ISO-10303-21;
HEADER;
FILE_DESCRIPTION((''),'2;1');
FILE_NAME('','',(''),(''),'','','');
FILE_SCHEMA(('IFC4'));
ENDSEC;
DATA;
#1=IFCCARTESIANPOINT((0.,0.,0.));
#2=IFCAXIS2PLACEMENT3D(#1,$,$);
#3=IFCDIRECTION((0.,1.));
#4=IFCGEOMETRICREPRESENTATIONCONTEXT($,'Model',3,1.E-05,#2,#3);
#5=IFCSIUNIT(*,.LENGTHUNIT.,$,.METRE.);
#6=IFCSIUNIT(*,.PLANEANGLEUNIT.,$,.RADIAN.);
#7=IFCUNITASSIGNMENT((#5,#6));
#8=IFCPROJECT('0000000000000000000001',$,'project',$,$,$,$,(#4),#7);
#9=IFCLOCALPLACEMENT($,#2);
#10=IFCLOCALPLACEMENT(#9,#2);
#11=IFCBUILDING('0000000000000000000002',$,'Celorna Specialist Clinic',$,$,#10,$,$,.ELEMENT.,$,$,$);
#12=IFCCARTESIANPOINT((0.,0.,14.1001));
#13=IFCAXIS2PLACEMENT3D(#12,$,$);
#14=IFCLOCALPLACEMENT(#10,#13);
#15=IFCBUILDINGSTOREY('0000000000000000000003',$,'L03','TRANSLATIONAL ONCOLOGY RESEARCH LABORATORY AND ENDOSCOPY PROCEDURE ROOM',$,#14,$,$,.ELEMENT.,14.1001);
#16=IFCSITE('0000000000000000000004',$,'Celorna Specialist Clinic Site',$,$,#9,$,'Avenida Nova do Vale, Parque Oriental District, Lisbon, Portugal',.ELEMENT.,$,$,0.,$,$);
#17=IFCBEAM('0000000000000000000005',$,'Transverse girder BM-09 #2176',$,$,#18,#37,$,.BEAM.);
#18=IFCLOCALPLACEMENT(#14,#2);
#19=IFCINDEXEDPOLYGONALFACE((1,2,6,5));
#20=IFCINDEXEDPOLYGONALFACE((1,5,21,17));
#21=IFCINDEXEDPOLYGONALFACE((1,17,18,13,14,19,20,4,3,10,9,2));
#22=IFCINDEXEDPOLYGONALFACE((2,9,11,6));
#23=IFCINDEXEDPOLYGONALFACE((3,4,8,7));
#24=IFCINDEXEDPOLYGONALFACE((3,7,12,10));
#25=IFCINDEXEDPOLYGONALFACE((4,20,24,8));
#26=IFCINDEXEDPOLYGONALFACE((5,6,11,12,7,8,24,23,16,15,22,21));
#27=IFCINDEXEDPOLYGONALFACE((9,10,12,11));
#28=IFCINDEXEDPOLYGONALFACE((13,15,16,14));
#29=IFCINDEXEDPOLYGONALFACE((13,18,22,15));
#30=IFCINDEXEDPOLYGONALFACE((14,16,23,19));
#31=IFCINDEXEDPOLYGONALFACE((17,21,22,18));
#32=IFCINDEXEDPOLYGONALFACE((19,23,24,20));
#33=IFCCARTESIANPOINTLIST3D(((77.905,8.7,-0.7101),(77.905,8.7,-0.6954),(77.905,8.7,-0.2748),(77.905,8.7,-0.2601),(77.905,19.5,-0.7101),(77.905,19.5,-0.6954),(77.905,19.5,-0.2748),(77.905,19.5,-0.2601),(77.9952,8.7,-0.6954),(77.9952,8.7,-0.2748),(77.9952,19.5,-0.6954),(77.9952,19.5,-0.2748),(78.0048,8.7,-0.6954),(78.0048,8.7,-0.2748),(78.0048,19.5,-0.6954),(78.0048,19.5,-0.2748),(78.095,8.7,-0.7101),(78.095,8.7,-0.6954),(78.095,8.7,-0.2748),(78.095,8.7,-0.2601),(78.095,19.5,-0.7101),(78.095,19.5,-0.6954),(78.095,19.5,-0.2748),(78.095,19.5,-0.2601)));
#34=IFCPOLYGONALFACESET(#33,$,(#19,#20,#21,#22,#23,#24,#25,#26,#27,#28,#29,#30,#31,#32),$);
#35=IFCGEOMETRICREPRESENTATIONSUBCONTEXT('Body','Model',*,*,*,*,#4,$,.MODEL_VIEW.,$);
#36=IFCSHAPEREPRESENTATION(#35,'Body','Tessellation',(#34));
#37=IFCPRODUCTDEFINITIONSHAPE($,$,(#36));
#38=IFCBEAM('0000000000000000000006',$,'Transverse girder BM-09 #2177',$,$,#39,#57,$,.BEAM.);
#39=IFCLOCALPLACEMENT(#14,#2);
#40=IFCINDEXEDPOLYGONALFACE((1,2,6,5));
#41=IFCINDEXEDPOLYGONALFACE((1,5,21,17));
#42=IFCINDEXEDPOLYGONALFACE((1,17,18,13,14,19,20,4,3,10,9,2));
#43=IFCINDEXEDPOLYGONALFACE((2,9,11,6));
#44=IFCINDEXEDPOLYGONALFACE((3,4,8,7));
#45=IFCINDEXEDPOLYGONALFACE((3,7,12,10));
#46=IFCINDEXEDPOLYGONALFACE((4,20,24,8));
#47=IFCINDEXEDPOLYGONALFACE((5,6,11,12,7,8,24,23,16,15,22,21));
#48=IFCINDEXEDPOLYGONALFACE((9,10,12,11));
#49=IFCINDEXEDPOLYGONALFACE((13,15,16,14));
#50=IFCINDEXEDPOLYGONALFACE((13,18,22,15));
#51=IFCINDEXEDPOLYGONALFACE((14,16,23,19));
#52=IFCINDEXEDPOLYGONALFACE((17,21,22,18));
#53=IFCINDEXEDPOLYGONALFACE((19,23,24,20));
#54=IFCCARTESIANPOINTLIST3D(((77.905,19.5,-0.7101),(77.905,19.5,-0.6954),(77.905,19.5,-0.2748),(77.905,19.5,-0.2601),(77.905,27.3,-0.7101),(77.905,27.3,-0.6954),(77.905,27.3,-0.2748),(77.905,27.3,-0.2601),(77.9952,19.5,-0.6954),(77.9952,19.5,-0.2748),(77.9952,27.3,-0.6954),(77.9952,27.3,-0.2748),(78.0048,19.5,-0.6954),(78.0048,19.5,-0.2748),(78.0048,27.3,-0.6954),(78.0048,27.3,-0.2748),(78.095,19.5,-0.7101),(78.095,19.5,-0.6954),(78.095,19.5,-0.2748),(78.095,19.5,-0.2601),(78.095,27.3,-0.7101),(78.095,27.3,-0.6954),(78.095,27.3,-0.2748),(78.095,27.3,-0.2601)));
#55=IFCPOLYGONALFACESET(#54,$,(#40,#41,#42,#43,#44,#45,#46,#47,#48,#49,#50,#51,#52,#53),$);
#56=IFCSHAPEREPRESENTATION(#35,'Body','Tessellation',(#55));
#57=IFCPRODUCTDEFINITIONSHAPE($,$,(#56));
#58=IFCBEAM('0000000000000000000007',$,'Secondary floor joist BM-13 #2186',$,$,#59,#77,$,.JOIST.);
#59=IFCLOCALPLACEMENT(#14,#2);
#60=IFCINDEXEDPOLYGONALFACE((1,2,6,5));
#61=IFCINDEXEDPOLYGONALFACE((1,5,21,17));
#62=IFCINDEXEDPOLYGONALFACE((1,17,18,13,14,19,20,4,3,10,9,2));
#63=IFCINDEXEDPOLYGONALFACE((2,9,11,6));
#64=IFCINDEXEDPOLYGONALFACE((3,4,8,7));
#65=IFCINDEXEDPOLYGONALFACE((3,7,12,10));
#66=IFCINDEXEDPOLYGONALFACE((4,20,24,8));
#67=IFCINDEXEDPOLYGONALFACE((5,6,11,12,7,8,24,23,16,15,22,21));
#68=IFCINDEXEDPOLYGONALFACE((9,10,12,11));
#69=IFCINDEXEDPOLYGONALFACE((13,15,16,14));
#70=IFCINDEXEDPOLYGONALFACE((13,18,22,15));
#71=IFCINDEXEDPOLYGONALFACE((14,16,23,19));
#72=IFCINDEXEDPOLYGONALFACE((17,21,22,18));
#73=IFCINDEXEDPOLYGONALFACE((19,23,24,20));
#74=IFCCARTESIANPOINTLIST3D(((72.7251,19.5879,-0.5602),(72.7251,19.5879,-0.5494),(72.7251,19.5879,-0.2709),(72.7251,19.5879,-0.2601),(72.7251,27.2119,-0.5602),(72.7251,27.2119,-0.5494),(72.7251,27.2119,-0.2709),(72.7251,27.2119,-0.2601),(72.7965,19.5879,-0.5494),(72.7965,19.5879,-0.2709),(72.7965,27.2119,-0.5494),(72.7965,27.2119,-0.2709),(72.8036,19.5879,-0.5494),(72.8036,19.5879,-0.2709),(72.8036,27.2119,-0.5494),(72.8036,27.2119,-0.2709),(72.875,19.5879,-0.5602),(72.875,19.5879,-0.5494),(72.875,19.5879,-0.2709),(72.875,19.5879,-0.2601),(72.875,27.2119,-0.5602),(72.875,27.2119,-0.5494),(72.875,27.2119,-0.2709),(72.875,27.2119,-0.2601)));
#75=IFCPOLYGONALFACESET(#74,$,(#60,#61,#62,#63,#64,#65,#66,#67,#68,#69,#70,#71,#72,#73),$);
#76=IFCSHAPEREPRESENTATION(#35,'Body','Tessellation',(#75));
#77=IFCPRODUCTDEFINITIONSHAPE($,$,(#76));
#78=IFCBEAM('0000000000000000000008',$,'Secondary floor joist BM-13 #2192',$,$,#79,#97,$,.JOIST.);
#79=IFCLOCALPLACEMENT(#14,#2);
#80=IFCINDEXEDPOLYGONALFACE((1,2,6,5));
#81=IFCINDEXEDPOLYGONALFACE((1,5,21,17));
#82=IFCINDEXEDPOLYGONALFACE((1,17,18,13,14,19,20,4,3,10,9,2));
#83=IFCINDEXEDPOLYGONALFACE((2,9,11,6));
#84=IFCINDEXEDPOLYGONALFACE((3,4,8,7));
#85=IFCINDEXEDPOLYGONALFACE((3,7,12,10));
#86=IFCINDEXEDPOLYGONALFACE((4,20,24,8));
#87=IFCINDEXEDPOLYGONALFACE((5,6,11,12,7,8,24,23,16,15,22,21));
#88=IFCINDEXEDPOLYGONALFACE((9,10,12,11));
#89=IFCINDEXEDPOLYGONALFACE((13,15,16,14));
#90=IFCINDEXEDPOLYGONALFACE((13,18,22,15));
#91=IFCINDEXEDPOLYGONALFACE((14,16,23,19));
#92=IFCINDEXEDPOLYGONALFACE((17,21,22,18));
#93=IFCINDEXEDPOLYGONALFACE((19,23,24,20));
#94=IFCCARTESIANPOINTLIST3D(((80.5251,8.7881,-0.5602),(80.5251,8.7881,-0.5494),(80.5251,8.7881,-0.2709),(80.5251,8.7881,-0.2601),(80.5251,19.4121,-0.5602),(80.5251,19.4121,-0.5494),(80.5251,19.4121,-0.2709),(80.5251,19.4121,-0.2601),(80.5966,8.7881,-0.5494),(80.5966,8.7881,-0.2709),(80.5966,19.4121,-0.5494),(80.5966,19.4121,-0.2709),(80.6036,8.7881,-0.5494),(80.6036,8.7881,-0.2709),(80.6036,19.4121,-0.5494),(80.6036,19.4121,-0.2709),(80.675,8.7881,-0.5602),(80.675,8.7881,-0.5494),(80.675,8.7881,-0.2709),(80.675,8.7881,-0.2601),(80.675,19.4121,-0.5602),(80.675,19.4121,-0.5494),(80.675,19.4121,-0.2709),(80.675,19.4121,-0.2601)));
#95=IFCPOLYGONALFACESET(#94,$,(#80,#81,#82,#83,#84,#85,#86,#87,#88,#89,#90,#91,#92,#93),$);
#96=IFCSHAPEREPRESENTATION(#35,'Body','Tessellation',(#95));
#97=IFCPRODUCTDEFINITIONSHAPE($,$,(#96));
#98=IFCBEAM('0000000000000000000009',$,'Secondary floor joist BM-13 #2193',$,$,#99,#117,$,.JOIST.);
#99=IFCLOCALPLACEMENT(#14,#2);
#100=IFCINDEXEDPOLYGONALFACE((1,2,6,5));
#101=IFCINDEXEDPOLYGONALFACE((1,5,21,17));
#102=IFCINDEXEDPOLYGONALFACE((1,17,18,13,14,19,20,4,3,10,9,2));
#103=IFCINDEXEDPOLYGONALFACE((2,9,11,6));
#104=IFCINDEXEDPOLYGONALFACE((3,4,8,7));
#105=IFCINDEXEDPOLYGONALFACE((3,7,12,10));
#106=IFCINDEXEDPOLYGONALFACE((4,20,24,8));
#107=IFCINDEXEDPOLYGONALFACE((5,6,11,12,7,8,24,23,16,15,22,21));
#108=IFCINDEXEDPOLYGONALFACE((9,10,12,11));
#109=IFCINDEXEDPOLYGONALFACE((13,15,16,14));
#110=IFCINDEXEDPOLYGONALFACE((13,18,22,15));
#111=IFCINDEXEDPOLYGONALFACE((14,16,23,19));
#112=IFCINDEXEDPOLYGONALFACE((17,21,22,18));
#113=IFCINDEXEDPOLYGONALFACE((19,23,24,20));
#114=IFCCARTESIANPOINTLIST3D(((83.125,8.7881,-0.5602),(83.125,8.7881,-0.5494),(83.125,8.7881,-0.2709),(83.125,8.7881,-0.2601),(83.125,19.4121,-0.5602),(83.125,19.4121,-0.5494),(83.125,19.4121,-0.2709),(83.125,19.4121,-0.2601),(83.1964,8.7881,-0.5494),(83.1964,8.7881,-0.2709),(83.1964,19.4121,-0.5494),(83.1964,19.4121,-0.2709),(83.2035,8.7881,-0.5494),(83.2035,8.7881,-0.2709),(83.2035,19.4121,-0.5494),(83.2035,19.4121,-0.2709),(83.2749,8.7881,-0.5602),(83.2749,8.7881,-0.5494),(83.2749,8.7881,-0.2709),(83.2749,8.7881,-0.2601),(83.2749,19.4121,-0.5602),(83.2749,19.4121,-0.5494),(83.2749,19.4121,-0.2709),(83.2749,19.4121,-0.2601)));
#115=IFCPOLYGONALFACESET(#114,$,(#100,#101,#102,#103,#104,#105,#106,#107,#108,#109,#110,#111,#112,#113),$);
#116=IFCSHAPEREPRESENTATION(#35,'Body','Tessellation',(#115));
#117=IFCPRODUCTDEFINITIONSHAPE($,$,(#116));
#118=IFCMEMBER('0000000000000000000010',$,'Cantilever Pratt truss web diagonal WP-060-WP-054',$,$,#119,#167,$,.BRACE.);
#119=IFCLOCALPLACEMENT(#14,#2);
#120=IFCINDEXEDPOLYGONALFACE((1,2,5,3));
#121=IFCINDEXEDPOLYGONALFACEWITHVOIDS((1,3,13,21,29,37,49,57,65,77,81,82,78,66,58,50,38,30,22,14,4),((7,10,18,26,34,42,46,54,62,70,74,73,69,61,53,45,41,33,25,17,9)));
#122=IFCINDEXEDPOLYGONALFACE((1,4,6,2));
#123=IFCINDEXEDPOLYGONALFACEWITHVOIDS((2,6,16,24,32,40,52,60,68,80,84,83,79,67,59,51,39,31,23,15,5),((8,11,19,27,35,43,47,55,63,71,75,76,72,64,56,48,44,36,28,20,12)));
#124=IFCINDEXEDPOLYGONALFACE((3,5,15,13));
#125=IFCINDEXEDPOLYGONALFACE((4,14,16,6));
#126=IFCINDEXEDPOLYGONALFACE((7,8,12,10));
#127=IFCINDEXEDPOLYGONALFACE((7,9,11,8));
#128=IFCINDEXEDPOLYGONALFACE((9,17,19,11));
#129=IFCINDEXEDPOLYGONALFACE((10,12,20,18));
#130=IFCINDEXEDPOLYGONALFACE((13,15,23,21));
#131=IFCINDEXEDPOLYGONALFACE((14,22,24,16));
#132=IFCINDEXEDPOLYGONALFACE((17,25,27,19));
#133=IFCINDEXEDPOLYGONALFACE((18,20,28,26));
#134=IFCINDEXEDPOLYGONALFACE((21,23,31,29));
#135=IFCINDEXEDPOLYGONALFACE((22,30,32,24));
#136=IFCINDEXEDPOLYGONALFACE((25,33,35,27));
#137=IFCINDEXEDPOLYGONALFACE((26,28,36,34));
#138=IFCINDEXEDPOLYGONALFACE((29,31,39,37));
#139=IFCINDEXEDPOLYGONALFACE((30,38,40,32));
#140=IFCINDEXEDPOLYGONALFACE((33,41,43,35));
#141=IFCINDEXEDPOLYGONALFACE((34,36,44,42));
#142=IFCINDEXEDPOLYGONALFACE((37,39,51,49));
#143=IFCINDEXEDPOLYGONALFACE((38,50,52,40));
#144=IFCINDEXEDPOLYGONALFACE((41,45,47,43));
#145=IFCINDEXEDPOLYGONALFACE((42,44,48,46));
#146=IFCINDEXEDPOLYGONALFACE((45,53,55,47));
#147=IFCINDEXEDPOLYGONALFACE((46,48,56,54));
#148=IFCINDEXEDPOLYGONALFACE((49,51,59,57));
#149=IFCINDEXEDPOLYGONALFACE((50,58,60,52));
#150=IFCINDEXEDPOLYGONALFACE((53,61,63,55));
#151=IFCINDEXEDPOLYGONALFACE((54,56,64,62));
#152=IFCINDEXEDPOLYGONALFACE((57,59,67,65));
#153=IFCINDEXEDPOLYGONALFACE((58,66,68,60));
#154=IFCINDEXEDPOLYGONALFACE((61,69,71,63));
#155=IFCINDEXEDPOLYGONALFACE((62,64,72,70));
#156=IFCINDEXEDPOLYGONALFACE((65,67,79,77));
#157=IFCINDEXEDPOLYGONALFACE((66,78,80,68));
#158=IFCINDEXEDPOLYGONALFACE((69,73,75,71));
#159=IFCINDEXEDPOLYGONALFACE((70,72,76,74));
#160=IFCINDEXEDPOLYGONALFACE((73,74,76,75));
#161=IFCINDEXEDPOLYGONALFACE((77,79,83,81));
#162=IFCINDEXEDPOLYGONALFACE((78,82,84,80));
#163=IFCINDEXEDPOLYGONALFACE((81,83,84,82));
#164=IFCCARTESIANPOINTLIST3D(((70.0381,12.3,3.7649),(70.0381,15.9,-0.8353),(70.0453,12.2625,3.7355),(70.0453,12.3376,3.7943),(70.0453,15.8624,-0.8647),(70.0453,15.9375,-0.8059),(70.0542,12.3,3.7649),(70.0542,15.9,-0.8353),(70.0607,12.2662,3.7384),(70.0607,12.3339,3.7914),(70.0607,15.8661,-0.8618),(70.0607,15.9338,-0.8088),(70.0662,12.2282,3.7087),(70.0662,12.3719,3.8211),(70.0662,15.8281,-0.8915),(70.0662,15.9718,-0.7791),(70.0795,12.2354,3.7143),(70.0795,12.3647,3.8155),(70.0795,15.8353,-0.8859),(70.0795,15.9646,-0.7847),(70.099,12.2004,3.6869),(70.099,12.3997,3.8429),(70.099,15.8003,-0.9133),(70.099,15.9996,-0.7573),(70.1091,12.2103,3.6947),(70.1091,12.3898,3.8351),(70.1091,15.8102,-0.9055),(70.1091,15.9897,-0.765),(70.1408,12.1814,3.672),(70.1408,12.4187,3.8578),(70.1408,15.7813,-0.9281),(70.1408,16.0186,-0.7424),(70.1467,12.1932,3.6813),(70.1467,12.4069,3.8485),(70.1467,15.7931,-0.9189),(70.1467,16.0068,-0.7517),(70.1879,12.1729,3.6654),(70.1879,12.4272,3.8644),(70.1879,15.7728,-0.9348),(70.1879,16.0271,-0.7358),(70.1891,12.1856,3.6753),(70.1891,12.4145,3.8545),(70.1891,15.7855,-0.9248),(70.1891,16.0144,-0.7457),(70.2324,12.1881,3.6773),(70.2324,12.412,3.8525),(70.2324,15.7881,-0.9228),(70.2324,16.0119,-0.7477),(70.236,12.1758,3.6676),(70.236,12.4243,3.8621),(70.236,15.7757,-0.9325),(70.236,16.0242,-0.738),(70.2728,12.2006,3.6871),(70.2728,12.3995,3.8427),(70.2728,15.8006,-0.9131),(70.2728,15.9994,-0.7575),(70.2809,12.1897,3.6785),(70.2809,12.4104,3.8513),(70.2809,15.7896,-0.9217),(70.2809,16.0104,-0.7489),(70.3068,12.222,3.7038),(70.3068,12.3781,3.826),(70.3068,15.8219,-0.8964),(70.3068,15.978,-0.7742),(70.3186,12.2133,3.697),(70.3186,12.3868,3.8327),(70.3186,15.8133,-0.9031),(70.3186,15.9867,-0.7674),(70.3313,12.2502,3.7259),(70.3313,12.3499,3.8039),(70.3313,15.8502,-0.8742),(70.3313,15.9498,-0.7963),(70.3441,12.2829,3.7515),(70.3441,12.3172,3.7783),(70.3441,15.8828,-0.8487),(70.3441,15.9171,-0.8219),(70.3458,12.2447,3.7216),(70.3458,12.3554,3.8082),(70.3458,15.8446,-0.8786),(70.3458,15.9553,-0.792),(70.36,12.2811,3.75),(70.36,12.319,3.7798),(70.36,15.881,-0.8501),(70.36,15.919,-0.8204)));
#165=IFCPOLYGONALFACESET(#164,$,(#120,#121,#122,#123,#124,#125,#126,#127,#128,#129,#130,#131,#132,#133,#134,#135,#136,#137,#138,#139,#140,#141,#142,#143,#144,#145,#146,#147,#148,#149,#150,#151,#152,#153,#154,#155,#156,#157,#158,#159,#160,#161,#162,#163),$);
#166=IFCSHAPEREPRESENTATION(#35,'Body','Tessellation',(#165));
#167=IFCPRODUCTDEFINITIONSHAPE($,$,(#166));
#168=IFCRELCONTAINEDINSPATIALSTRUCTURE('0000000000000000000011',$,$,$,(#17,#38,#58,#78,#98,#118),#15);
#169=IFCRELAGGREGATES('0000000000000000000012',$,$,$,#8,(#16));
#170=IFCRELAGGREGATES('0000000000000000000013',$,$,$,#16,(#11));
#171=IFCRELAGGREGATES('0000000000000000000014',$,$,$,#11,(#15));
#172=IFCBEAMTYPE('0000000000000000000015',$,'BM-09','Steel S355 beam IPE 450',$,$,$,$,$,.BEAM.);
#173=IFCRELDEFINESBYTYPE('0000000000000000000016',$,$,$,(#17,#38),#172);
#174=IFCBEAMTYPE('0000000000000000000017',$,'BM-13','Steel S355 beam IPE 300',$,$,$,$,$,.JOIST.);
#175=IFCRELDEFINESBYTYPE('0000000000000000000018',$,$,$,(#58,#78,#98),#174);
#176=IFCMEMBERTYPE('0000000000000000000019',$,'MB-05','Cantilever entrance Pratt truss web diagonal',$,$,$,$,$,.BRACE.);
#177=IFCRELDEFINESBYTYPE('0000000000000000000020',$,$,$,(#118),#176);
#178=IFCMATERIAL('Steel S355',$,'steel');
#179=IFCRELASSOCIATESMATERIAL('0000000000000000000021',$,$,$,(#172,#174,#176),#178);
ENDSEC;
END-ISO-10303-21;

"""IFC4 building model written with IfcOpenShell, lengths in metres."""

from ifc_helpers import new_model, si_unit, direction, frame, origin, origin_2d, place, context, subcontext, project, spatial, hollow_circle, i_section, extrude, material, material_profile, profile_set, type_object, element, save


model = new_model("IFC4")

# Units and contexts
model_context = context("Model", 3, precision=1e-05, world=origin(), true_north=direction((0.0, 1.0)))
body_context = subcontext(model_context, "Body", "Model", "MODEL_VIEW")
ifc_project = project(units=[si_unit("LENGTHUNIT", "METRE"), si_unit("PLANEANGLEUNIT", "RADIAN")], contexts=[model_context])

# Site, building, storey
site_placement = place(None, origin())
site = spatial("IfcSite", under=ifc_project, at=site_placement, Name="Celorna Specialist Clinic Site", LongName="Avenida Nova do Vale, Parque Oriental District, Lisbon, Portugal", CompositionType="ELEMENT", RefElevation=0.0)
building_placement = place(site_placement, origin())
building = spatial("IfcBuilding", under=site, at=building_placement, Name="Celorna Specialist Clinic", CompositionType="ELEMENT")
storey_placement = place(building_placement, frame((0.0, 0.0, 14.1001)))
storey = spatial("IfcBuildingStorey", under=building, at=storey_placement, Name="L03", Description="TRANSLATIONAL ONCOLOGY RESEARCH LABORATORY AND ENDOSCOPY PROCEDURE ROOM", CompositionType="ELEMENT", Elevation=14.1001)

# Shared definitions
ifc_material_1 = material(Name="Steel S355", Category="steel")

# Beams
ifc_material_profile_1 = material_profile(ifc_material_1, i_section(OverallWidth=0.1899, OverallDepth=0.45, WebThickness=0.0095, FlangeThickness=0.0146, at=origin_2d()), Name="IPE 450")
ifc_profile_set_1 = profile_set([ifc_material_profile_1], Name="Steel S355")
beam_type_1 = type_object("IfcBeamType", Name="BM-09", Description="Steel S355 beam IPE 450", PredefinedType="BEAM", material=ifc_profile_set_1)
beam_1_placement = place(storey_placement, frame((78.0, 8.7, -0.4851), z_axis=(0.0, 1.0, 0.0), x_axis=(-1.0, 0.0, 0.0)))
element("IfcBeam", 1, at=beam_1_placement, inside=storey, type_object=beam_type_1, Name="Transverse girder BM-09 #2176", PredefinedType="BEAM", context=body_context, shape_type="SweptSolid", body=[
    extrude(i_section(OverallWidth=0.1899, OverallDepth=0.45, WebThickness=0.0095, FlangeThickness=0.0146, at=origin_2d()), origin(), (0.0, 0.0, 1.0), 10.8),
])
beam_2_placement = place(storey_placement, frame((78.0, 19.5, -0.4851), z_axis=(0.0, 1.0, 0.0), x_axis=(-1.0, 0.0, 0.0)))
element("IfcBeam", 2, at=beam_2_placement, inside=storey, type_object=beam_type_1, Name="Transverse girder BM-09 #2177", PredefinedType="BEAM", context=body_context, shape_type="SweptSolid", body=[
    extrude(i_section(OverallWidth=0.1899, OverallDepth=0.45, WebThickness=0.0095, FlangeThickness=0.0146, at=origin_2d()), origin(), (0.0, 0.0, 1.0), 7.8),
])
ifc_material_profile_2 = material_profile(ifc_material_1, i_section(OverallWidth=0.1499, OverallDepth=0.3, WebThickness=0.0071, FlangeThickness=0.0107, at=origin_2d()), Name="IPE 300")
ifc_profile_set_2 = profile_set([ifc_material_profile_2], Name="Steel S355")
beam_type_2 = type_object("IfcBeamType", Name="BM-13", Description="Steel S355 beam IPE 300", PredefinedType="JOIST", material=ifc_profile_set_2)
beam_3_placement = place(storey_placement, frame((72.8, 19.5879, -0.4102), z_axis=(0.0, 1.0, 0.0), x_axis=(-1.0, 0.0, 0.0)))
element("IfcBeam", 3, at=beam_3_placement, inside=storey, type_object=beam_type_2, Name="Secondary floor joist BM-13 #2186", PredefinedType="JOIST", context=body_context, shape_type="SweptSolid", body=[
    extrude(i_section(OverallWidth=0.1499, OverallDepth=0.3, WebThickness=0.0071, FlangeThickness=0.0107, at=origin_2d()), origin(), (0.0, 0.0, 1.0), 7.624),
])
for number, where, z_axis, x_axis, name in (
    (4, (80.6001, 8.7881, -0.4102), (0.0, 1.0, 0.0), (-1.0, 0.0, 0.0), "Secondary floor joist BM-13 #2192"),
    (5, (83.2, 8.7881, -0.4102), (0.0, 1.0, 0.0), (-1.0, 0.0, 0.0), "Secondary floor joist BM-13 #2193"),
):
    element("IfcBeam", number, at=place(storey_placement, frame(where, z_axis=z_axis, x_axis=x_axis)), inside=storey, type_object=beam_type_2, Name=name, PredefinedType="JOIST", context=body_context, shape_type="SweptSolid", body=[
        extrude(i_section(OverallWidth=0.1499, OverallDepth=0.3, WebThickness=0.0071, FlangeThickness=0.0107, at=origin_2d()), origin(), (0.0, 0.0, 1.0), 10.624),
    ])

# Member
ifc_material_profile_3 = material_profile(ifc_material_1, hollow_circle(Radius=0.1619, WallThickness=0.0161, at=origin_2d()), Name="CHS 323.9x16")
ifc_profile_set_3 = profile_set([ifc_material_profile_3], Name="Steel S355")
member_type_1 = type_object("IfcMemberType", Name="MB-05", Description="Cantilever entrance Pratt truss web diagonal", PredefinedType="BRACE", material=ifc_profile_set_3)
for number, where, z_axis, x_axis, name in (
    (6, (70.2, 12.3, 3.7649), (0.0, 0.616285, -0.787524), (-1.0, 0.0, 0.0), "Cantilever Pratt truss web diagonal WP-060-WP-054"),
):
    element("IfcMember", number, at=place(storey_placement, frame(where, z_axis=z_axis, x_axis=x_axis)), inside=storey, type_object=member_type_1, Name=name, PredefinedType="BRACE", context=body_context, shape_type="SweptSolid", body=[
        extrude(hollow_circle(Radius=0.1619, WallThickness=0.0161, at=origin_2d()), origin(), (0.0, 0.0, 1.0), 5.8413),
    ])

save(model, "model.ifc")
